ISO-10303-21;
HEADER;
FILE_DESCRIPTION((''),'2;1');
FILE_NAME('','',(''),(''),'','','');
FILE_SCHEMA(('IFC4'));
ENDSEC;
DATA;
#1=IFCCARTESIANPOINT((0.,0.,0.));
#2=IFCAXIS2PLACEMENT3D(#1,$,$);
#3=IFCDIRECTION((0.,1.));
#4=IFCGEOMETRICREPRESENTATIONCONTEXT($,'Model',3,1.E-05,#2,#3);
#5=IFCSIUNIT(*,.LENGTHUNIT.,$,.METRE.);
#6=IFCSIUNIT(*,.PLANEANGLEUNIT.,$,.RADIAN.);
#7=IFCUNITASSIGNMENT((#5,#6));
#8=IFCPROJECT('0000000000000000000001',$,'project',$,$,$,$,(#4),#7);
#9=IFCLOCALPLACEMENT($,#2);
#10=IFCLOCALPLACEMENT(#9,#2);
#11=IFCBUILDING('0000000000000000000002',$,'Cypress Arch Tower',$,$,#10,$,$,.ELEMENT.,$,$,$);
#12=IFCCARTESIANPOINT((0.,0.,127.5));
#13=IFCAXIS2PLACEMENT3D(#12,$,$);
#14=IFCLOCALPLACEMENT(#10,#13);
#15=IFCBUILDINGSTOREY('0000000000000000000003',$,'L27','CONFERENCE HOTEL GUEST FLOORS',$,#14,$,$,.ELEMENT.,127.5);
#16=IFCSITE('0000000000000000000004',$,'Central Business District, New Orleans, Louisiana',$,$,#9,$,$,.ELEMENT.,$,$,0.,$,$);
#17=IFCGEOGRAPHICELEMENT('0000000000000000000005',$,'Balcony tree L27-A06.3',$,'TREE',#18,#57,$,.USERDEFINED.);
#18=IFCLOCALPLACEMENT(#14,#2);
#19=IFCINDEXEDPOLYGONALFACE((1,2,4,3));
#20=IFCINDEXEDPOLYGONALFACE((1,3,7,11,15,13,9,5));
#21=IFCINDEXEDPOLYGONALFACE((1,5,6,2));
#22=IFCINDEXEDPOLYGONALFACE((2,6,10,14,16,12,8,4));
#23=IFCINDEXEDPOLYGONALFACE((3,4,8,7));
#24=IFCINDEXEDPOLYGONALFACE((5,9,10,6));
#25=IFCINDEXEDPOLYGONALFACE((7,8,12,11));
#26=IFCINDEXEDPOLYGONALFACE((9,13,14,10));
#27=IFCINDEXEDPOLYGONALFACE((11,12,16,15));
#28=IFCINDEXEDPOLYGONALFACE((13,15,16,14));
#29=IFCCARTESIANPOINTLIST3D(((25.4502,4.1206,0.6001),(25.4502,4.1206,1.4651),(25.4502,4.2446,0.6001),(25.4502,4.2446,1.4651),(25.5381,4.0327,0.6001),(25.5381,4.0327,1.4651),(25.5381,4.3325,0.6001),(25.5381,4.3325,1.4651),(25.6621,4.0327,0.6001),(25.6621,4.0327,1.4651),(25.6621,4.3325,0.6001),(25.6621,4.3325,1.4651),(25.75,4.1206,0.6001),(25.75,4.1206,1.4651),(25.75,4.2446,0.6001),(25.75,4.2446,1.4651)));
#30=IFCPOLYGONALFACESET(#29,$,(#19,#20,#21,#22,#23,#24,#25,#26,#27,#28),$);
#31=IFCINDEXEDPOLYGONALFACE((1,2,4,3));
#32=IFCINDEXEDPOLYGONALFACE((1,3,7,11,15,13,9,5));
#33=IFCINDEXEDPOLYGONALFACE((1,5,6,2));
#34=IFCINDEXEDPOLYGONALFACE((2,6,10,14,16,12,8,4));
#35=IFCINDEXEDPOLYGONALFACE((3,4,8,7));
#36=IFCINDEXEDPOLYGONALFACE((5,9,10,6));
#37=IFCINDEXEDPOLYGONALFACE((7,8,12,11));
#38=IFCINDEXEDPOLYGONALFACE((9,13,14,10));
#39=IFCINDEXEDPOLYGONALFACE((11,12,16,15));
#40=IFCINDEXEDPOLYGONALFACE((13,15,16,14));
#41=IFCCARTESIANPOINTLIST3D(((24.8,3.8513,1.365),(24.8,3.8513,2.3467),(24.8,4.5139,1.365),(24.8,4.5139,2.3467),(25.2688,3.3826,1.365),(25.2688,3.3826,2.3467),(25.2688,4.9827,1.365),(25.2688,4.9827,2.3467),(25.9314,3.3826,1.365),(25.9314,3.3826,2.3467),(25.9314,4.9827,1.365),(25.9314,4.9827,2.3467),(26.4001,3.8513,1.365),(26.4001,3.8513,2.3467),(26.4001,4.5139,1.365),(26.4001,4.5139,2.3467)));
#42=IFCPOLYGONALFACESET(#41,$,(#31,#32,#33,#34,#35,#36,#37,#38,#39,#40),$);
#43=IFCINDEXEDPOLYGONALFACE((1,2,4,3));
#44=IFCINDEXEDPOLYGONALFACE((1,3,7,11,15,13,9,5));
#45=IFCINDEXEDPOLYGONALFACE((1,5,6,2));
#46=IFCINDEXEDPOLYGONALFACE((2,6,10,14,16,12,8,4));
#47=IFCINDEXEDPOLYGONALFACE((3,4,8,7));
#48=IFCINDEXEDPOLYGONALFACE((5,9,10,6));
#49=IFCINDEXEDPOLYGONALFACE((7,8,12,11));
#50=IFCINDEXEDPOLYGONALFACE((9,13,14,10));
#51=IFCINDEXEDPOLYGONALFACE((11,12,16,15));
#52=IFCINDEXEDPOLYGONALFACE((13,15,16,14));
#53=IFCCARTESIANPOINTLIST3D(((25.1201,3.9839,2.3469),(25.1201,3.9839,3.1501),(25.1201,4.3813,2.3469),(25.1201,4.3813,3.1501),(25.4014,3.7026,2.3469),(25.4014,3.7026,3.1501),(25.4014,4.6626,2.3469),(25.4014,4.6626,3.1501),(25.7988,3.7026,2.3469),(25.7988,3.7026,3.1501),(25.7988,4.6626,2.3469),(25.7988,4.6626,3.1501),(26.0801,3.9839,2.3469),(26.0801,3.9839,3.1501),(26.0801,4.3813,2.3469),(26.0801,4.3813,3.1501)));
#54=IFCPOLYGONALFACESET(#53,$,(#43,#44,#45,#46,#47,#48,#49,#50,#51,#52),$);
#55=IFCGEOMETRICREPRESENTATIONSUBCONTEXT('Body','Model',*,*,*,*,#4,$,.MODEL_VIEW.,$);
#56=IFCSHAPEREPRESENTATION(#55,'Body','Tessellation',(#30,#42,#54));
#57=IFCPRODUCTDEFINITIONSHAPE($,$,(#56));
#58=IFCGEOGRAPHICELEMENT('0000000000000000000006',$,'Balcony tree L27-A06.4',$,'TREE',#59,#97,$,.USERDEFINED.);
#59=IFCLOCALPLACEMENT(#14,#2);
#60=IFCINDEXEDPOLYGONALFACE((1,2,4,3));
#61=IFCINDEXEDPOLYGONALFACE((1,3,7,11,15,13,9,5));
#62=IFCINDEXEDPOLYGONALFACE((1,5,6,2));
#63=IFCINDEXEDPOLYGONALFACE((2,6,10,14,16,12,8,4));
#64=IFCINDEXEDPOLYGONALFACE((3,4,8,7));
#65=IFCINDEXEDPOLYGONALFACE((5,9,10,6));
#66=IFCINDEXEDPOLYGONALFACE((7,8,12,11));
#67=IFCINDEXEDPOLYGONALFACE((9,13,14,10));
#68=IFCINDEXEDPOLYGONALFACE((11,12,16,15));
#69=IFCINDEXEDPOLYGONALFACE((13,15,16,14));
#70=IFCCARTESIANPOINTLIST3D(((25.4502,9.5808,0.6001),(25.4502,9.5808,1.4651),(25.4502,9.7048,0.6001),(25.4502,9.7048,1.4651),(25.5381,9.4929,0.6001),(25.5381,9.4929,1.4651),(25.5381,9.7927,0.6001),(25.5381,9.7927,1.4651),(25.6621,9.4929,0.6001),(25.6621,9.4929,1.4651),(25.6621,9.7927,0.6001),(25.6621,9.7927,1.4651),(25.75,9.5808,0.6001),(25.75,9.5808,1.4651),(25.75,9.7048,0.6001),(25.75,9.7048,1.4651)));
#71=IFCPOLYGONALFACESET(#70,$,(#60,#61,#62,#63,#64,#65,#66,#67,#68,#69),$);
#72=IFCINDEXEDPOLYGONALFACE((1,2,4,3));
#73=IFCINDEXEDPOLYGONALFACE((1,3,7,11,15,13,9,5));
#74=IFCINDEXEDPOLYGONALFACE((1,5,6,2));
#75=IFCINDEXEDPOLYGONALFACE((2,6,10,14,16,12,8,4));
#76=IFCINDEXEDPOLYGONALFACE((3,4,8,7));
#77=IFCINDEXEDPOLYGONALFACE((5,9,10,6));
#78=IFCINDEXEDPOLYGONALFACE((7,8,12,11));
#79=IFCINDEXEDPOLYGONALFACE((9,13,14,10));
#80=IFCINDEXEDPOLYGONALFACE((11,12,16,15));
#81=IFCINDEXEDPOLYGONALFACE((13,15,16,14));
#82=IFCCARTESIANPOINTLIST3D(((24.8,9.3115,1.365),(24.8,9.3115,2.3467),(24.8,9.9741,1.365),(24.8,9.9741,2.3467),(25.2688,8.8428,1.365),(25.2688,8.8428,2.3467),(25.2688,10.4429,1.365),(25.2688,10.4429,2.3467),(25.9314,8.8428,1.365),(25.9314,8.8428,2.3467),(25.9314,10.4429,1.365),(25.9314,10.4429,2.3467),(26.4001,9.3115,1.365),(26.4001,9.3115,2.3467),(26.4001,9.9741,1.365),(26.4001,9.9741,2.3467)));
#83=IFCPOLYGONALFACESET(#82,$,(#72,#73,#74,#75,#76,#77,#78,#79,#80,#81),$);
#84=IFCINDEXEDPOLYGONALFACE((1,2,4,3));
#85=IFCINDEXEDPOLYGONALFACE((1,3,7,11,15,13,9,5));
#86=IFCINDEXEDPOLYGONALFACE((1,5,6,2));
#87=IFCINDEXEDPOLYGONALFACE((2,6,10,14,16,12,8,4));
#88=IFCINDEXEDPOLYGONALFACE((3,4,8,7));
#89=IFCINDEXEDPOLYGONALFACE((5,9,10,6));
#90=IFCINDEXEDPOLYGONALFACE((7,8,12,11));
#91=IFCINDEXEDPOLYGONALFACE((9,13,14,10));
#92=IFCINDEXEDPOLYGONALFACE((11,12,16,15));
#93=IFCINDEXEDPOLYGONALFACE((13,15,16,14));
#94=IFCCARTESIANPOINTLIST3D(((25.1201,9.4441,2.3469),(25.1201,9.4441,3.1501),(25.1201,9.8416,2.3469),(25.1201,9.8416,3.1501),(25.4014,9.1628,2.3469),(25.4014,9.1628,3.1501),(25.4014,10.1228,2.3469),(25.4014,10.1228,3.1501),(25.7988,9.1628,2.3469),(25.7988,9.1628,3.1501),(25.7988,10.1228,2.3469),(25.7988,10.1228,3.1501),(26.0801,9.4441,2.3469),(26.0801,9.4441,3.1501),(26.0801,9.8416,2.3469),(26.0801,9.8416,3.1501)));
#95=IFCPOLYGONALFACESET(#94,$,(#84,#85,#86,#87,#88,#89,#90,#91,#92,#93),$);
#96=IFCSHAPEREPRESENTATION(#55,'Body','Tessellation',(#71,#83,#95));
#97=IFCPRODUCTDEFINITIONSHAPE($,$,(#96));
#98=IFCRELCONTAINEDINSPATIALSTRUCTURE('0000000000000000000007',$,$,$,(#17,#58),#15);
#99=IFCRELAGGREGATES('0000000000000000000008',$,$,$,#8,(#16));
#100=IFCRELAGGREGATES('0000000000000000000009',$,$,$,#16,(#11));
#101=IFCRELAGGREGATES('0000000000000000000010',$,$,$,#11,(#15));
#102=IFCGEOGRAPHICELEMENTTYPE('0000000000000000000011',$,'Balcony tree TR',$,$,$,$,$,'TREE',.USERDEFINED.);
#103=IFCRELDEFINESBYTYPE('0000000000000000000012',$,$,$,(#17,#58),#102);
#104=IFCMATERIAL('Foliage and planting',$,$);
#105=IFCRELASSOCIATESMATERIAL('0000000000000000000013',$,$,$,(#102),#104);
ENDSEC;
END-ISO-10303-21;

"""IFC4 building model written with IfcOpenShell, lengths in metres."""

from ifc_helpers import new_model, si_unit, direction, frame, origin, place, context, subcontext, project, spatial, polyline, outline, extrude, material, type_object, element, save


model = new_model("IFC4")

# Units and contexts
model_context = context("Model", 3, precision=1e-05, world=origin(), true_north=direction((0.0, 1.0)))
body_context = subcontext(model_context, "Body", "Model", "MODEL_VIEW")
ifc_project = project(units=[si_unit("LENGTHUNIT", "METRE"), si_unit("PLANEANGLEUNIT", "RADIAN")], contexts=[model_context])

# Site, building, storey
site_placement = place(None, origin())
site = spatial("IfcSite", under=ifc_project, at=site_placement, Name="Central Business District, New Orleans, Louisiana", CompositionType="ELEMENT", RefElevation=0.0)
building_placement = place(site_placement, origin())
building = spatial("IfcBuilding", under=site, at=building_placement, Name="Cypress Arch Tower", CompositionType="ELEMENT")
storey_placement = place(building_placement, frame((0.0, 0.0, 127.5)))
storey = spatial("IfcBuildingStorey", under=building, at=storey_placement, Name="L27", Description="CONFERENCE HOTEL GUEST FLOORS", CompositionType="ELEMENT", Elevation=127.5)

# Geographic elements
ifc_material_1 = material(Name="Foliage and planting")
geographic_element_type = type_object("IfcGeographicElementType", Name="Balcony tree TR", ElementType="TREE", PredefinedType="USERDEFINED", material=ifc_material_1)
for number, where, z_axis, x_axis, name in (
    (1, (25.6001, 4.1826, 0.6001), (0.0, 0.0, 1.0), (1.0, 0.0, 0.0), "Balcony tree L27-A06.3"),
    (2, (25.6001, 9.6428, 0.6001), (0.0, 0.0, 1.0), (1.0, 0.0, 0.0), "Balcony tree L27-A06.4"),
):
    element("IfcGeographicElement", number, at=place(storey_placement, frame(where, z_axis=z_axis, x_axis=x_axis)), inside=storey, type_object=geographic_element_type, Name=name, ObjectType="TREE", PredefinedType="USERDEFINED", context=body_context, shape_type="SweptSolid", body=[
        extrude(outline(polyline([(0.1499, 0.062), (0.062, 0.1499), (-0.062, 0.1499), (-0.1499, 0.062), (-0.1499, -0.062), (-0.062, -0.1499), (0.062, -0.1499), (0.1499, -0.062), (0.1499, 0.062)])), origin(), (0.0, 0.0, 1.0), 0.865),
        extrude(outline(polyline([(0.8, 0.3313), (0.3313, 0.8), (-0.3313, 0.8), (-0.8, 0.3313), (-0.8, -0.3313), (-0.3313, -0.8), (0.3313, -0.8), (0.8, -0.3313), (0.8, 0.3313)])), frame((0.0, 0.0, 0.7649)), (0.0, 0.0, 1.0), 0.9817),
        extrude(outline(polyline([(0.48, 0.1987), (0.1987, 0.48), (-0.1987, 0.48), (-0.48, 0.1987), (-0.48, -0.1987), (-0.1987, -0.48), (0.1987, -0.48), (0.48, -0.1987), (0.48, 0.1987)])), frame((0.0, 0.0, 1.7468)), (0.0, 0.0, 1.0), 0.8032),
    ])

save(model, "model.ifc")
